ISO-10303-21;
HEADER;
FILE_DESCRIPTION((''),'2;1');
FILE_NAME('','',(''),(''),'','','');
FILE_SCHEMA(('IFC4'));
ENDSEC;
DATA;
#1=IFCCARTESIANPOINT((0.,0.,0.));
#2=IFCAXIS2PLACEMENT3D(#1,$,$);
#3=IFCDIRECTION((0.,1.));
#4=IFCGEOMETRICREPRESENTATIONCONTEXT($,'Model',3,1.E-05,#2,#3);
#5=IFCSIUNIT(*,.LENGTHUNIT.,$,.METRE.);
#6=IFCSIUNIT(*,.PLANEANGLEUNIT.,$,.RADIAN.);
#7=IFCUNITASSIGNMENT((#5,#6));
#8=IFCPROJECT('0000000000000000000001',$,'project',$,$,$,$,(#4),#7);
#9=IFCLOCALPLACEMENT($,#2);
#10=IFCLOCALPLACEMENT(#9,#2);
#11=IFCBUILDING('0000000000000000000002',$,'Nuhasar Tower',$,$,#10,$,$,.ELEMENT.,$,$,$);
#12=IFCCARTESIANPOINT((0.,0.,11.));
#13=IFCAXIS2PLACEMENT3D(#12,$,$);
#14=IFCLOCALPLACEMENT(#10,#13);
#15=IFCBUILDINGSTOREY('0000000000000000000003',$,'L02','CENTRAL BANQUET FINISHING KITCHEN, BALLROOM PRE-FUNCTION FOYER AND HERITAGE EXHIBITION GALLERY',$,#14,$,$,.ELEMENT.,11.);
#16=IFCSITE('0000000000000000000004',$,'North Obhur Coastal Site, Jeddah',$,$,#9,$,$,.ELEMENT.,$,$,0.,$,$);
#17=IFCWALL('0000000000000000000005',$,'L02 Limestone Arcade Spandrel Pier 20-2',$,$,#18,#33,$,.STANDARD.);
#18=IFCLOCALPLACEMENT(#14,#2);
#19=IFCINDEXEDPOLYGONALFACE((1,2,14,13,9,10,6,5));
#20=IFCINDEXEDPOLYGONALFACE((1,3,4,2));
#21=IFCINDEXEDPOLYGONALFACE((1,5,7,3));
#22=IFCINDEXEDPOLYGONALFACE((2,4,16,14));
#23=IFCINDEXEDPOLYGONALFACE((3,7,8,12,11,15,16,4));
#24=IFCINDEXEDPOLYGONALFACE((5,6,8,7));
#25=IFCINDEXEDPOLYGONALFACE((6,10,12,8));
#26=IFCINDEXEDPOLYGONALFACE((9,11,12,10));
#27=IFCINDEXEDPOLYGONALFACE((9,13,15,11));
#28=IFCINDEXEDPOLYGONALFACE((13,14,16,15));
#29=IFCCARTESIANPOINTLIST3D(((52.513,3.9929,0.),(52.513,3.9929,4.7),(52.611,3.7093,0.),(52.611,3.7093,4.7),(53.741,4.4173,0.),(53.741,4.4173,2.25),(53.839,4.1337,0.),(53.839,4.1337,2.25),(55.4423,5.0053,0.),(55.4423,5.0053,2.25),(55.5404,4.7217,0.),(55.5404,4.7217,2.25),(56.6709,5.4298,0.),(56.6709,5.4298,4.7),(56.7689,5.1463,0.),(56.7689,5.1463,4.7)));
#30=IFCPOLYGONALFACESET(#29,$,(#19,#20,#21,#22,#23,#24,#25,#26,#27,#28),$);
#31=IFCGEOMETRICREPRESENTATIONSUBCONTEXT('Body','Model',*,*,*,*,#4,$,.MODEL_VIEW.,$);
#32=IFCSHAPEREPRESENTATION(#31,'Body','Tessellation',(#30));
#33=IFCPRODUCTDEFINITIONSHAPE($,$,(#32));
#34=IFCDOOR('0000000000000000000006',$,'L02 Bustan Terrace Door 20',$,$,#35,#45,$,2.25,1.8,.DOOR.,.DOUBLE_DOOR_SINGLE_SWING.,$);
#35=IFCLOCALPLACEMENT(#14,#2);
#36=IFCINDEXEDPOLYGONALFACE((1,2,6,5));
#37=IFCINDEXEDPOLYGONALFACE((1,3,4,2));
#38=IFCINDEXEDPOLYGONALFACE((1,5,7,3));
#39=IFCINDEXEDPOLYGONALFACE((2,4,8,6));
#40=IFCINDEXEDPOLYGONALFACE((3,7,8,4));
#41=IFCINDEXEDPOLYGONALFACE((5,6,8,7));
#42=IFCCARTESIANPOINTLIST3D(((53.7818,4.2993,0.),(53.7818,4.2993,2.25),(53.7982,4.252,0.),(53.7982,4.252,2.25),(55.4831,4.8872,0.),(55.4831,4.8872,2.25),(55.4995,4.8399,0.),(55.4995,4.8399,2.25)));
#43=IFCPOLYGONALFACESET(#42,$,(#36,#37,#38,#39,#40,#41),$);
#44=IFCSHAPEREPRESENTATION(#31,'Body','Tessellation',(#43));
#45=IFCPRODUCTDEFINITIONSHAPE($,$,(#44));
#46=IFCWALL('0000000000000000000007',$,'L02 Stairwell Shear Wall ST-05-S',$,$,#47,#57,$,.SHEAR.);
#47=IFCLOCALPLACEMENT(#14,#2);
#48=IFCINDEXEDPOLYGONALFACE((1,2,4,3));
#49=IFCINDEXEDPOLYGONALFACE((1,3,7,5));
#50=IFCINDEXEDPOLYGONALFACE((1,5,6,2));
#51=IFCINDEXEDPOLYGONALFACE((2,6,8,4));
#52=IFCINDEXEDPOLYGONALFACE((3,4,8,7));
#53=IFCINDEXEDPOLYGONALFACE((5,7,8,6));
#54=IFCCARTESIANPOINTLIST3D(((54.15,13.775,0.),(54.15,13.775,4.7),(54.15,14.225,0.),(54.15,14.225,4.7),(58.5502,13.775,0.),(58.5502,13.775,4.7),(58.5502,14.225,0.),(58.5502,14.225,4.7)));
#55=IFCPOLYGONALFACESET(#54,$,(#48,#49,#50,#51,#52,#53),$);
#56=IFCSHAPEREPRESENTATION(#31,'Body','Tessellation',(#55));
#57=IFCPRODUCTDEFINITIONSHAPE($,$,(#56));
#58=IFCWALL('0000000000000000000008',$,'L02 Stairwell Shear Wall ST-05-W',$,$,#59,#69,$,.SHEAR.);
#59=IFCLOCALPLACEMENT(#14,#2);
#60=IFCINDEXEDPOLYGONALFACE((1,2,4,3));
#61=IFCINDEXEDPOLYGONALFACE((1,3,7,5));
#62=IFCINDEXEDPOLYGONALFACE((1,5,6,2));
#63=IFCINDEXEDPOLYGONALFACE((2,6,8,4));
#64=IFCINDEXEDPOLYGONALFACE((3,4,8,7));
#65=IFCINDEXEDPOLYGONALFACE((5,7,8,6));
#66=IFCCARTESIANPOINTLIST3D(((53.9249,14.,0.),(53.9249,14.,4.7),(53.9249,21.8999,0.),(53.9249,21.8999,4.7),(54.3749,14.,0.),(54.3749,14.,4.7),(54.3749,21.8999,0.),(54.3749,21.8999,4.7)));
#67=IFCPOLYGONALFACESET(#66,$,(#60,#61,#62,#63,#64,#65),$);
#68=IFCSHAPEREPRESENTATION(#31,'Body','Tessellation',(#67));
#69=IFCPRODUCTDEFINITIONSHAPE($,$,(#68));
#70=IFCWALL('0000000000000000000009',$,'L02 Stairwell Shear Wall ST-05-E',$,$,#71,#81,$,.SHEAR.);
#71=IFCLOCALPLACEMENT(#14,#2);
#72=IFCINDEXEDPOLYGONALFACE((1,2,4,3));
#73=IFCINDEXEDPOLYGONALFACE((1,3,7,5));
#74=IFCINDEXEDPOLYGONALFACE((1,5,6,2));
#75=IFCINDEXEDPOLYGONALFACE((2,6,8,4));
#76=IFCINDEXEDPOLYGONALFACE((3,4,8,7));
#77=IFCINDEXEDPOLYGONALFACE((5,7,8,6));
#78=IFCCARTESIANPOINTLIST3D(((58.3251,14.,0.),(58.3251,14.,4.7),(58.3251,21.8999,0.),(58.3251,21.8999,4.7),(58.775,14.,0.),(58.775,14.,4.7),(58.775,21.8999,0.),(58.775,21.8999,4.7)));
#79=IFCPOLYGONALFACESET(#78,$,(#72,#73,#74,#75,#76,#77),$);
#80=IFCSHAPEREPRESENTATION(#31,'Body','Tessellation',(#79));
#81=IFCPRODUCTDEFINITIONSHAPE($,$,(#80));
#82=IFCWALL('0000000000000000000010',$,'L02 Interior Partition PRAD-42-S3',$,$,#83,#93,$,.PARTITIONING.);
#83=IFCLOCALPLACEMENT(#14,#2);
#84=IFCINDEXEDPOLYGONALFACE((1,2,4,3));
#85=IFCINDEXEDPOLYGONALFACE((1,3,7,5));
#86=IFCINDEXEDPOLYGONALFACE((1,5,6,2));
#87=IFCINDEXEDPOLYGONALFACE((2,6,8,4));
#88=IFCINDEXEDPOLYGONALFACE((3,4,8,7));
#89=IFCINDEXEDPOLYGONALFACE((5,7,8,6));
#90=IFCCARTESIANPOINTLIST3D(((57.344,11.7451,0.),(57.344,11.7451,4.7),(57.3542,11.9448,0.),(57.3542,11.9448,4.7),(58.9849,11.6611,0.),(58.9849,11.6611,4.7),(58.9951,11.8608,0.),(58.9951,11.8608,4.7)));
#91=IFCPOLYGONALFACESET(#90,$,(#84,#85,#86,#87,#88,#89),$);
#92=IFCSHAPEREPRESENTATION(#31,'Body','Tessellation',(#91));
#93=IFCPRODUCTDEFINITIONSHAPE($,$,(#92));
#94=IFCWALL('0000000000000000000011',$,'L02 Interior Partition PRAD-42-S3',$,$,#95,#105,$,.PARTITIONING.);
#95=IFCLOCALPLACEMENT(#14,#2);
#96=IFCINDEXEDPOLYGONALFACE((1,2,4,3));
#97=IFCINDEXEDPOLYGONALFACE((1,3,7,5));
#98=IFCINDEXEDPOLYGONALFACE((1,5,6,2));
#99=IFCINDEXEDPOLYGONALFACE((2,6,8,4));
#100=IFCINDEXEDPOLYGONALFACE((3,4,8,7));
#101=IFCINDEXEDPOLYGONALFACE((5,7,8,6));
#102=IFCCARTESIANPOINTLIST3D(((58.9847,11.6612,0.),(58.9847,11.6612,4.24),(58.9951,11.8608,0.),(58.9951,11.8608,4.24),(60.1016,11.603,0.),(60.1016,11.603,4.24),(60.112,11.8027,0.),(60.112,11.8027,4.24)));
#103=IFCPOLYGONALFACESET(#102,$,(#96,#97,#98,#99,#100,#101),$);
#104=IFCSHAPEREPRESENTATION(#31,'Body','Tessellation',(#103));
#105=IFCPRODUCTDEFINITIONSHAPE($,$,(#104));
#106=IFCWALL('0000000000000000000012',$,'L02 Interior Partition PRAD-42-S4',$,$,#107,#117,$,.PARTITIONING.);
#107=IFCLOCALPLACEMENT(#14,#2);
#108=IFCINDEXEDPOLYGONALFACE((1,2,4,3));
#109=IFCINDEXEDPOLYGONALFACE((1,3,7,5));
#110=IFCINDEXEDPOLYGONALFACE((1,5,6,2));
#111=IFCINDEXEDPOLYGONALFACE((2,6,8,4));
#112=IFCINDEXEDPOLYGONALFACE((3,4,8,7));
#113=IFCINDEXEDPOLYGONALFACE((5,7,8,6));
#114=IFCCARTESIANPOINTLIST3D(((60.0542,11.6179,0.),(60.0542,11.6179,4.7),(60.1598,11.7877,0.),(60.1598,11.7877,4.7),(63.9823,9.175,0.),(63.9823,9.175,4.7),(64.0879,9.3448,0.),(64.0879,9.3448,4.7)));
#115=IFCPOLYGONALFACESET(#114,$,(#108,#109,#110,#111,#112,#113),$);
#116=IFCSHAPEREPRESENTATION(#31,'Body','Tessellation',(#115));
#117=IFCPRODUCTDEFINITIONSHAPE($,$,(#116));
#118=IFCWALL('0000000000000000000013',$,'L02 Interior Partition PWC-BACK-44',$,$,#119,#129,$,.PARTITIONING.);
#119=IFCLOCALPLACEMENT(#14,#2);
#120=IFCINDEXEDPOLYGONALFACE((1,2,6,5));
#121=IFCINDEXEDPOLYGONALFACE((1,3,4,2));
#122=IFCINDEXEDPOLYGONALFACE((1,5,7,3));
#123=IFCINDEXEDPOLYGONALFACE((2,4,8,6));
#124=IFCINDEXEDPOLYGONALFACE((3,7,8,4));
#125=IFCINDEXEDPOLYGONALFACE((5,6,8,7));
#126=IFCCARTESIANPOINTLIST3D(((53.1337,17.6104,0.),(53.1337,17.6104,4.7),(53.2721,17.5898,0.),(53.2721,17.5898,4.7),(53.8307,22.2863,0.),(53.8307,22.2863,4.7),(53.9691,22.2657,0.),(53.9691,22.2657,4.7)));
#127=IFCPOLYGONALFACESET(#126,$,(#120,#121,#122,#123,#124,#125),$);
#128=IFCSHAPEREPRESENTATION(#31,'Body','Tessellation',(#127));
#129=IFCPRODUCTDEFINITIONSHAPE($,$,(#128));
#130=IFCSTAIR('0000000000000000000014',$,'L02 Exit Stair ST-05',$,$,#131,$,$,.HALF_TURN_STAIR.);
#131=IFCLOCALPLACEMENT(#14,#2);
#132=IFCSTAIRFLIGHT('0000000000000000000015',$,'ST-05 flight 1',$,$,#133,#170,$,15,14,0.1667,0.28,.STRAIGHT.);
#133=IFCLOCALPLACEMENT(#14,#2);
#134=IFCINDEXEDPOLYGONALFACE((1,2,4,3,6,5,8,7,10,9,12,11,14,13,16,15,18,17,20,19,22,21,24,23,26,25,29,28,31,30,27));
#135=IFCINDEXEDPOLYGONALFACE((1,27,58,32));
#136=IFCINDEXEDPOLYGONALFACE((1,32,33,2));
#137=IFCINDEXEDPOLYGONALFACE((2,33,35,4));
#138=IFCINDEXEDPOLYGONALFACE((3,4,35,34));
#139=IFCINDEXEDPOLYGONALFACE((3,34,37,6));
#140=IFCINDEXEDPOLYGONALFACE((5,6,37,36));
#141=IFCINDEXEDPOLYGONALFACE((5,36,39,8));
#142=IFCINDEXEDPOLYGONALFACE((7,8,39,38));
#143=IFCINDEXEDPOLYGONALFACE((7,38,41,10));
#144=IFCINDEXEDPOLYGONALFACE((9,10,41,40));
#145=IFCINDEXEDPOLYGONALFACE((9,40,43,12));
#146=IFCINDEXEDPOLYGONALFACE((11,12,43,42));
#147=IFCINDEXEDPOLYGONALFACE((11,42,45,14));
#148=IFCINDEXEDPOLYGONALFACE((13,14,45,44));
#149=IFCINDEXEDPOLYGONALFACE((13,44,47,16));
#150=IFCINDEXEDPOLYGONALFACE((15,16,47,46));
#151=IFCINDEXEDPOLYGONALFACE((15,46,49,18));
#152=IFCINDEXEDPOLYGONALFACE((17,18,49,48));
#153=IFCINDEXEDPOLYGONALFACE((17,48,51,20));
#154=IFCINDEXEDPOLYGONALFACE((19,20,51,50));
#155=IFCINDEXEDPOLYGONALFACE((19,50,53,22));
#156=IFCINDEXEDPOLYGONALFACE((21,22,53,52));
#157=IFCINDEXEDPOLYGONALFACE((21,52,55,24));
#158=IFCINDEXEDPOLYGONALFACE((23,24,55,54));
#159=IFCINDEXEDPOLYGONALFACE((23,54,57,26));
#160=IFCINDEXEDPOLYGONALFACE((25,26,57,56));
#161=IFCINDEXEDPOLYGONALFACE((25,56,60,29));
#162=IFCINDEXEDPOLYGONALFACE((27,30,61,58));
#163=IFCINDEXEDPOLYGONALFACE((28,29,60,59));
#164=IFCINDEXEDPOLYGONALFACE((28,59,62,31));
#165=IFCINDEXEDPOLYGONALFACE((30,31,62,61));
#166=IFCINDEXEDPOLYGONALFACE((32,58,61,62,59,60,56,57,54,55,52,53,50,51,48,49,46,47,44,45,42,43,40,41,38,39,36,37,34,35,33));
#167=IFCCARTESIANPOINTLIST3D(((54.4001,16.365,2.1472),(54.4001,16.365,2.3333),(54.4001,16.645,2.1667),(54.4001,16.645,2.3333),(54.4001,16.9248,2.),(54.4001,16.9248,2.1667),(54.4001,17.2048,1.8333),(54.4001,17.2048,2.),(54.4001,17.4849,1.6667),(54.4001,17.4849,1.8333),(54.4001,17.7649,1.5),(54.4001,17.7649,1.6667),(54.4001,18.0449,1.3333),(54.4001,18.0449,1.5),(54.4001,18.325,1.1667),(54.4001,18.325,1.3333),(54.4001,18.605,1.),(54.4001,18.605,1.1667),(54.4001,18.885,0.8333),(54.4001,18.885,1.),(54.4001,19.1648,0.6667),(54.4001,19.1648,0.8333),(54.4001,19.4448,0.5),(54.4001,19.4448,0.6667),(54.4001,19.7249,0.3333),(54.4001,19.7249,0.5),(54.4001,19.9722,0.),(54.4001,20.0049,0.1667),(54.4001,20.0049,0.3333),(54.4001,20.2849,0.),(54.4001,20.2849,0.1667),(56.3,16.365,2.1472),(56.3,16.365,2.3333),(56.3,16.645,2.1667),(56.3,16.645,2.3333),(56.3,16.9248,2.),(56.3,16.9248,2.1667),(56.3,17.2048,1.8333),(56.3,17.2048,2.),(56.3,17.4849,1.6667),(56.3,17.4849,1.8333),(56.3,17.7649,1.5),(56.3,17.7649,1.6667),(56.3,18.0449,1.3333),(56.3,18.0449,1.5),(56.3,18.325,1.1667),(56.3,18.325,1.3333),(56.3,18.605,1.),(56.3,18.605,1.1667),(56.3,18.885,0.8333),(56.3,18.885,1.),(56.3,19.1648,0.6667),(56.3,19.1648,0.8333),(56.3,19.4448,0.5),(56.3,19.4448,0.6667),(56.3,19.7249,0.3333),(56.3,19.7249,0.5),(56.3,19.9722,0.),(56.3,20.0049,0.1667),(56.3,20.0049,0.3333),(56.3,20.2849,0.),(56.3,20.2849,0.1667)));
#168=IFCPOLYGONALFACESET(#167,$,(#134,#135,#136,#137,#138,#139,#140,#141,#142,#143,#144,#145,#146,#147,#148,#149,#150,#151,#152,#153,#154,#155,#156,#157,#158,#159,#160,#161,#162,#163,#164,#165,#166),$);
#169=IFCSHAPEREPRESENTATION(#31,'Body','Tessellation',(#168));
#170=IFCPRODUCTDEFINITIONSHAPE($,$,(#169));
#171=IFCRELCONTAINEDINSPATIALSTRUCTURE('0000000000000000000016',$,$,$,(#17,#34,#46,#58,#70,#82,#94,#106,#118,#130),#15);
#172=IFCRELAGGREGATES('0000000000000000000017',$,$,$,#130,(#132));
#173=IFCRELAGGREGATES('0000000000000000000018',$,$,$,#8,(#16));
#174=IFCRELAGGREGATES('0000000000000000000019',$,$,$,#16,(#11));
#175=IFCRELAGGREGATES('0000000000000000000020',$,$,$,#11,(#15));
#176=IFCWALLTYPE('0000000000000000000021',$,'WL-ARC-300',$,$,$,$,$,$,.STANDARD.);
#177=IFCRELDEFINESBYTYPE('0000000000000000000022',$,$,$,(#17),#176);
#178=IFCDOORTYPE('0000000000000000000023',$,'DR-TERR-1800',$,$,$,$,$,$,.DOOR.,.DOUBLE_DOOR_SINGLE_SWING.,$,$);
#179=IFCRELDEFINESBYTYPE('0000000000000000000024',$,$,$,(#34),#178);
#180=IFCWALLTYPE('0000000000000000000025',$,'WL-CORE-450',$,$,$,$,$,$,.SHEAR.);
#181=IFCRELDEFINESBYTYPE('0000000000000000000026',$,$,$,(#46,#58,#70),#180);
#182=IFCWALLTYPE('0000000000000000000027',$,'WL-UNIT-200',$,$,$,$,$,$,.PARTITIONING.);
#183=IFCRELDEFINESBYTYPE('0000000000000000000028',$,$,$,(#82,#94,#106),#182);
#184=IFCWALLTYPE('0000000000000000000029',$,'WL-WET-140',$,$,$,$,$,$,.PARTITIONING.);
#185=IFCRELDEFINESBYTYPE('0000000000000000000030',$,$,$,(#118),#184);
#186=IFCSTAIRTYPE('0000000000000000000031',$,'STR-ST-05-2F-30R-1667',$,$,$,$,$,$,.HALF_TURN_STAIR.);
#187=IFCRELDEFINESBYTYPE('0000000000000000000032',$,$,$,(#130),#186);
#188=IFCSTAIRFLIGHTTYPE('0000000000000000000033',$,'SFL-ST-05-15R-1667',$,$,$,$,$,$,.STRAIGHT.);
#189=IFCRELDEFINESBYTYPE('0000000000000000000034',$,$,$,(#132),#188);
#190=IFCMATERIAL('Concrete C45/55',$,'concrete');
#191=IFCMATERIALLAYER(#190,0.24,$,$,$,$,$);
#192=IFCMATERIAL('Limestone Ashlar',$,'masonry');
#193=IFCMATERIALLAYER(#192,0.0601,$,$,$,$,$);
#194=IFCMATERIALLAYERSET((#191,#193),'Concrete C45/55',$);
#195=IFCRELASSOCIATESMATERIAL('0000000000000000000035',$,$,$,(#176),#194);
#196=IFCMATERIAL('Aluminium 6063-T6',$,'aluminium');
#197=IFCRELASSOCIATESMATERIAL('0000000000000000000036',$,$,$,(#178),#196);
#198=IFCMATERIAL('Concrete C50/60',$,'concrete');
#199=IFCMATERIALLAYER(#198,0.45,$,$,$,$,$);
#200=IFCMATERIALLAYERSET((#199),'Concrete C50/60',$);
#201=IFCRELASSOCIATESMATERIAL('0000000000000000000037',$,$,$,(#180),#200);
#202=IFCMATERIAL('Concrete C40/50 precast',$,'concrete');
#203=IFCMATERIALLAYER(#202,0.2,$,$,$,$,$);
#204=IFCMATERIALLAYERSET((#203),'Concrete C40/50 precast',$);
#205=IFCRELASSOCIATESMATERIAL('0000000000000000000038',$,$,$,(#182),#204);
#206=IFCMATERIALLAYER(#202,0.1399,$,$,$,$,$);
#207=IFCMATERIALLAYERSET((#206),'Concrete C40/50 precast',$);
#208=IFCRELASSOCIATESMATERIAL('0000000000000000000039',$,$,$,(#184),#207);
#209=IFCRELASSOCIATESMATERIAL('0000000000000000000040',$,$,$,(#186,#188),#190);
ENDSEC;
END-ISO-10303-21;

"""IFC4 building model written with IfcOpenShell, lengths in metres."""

from ifc_helpers import new_model, si_unit, direction, frame, frame_2d, origin, place, context, subcontext, project, spatial, polyline, rectangle, outline, extrude, material, layer, layer_set, type_object, element, fill, aggregate, save


model = new_model("IFC4")

# Units and contexts
model_context = context("Model", 3, precision=1e-05, world=origin(), true_north=direction((0.0, 1.0)))
body_context = subcontext(model_context, "Body", "Model", "MODEL_VIEW")
ifc_project = project(units=[si_unit("LENGTHUNIT", "METRE"), si_unit("PLANEANGLEUNIT", "RADIAN")], contexts=[model_context])

# Site, building, storey
site_placement = place(None, origin())
site = spatial("IfcSite", under=ifc_project, at=site_placement, Name="North Obhur Coastal Site, Jeddah", CompositionType="ELEMENT", RefElevation=0.0)
building_placement = place(site_placement, origin())
building = spatial("IfcBuilding", under=site, at=building_placement, Name="Nuhasar Tower", CompositionType="ELEMENT")
storey_placement = place(building_placement, frame((0.0, 0.0, 11.0)))
storey = spatial("IfcBuildingStorey", under=building, at=storey_placement, Name="L02", Description="CENTRAL BANQUET FINISHING KITCHEN, BALLROOM PRE-FUNCTION FOYER AND HERITAGE EXHIBITION GALLERY", CompositionType="ELEMENT", Elevation=11.0)

# Shared definitions
ifc_material_1 = material(Name="Concrete C50/60", Category="concrete")

# Shared definitions
ifc_material_2 = material(Name="Aluminium 6063-T6", Category="aluminium")

# Wall, opening, door
ifc_material_3 = material(Name="Concrete C45/55", Category="concrete")
ifc_layer_1 = layer(ifc_material_3, 0.24)
ifc_material_4 = material(Name="Limestone Ashlar", Category="masonry")
ifc_layer_2 = layer(ifc_material_4, 0.0601)
ifc_layer_set_1 = layer_set([ifc_layer_1, ifc_layer_2], Name="Concrete C45/55")
wall_type_1 = type_object("IfcWallType", Name="WL-ARC-300", PredefinedType="STANDARD", material=ifc_layer_set_1)
wall_1_placement = place(storey_placement, frame((56.72, 5.2881, 0.0), z_axis=(0.0, 0.0, 1.0), x_axis=(-0.945146, -0.326647, 0.0)))
wall_1 = element("IfcWall", 1, at=wall_1_placement, inside=storey, type_object=wall_type_1, Name="L02 Limestone Arcade Spandrel Pier 20-2", PredefinedType="STANDARD", context=body_context, shape_type="SweptSolid", body=[
    extrude(rectangle(XDim=4.3992, YDim=0.3, at=frame_2d((2.1997, 0.0))), origin(), (0.0, 0.0, 1.0), 4.7),
])
opening_1_placement = place(wall_1_placement, frame((1.3, 0.0, 0.0)))
opening_1 = element("IfcOpeningElement", 2, at=opening_1_placement, cuts=wall_1, PredefinedType="OPENING", context=body_context, shape_type="SweptSolid", body=[
    extrude(rectangle(XDim=1.8, YDim=2.25, at=frame_2d((0.8999, 1.125))), frame((0.0, 0.1602, 0.0), z_axis=(0.0, -1.0, 0.0), x_axis=(1.0, 0.0, 0.0)), (0.0, 0.0, 1.0), 0.3201),
])
door_type_1 = type_object("IfcDoorType", Name="DR-TERR-1800", OperationType="DOUBLE_DOOR_SINGLE_SWING", PredefinedType="DOOR", material=ifc_material_2)
door_1_placement = place(opening_1_placement, origin())
door_1 = element("IfcDoor", 3, at=door_1_placement, inside=storey, type_object=door_type_1, Name="L02 Bustan Terrace Door 20", OperationType="DOUBLE_DOOR_SINGLE_SWING", OverallHeight=2.25, OverallWidth=1.8, PredefinedType="DOOR", context=body_context, shape_type="SweptSolid", body=[
    extrude(rectangle(XDim=1.8, YDim=2.25, at=frame_2d((0.8999, 1.125))), frame((0.0, 0.0249, 0.0), z_axis=(0.0, -1.0, 0.0), x_axis=(1.0, 0.0, 0.0)), (0.0, 0.0, 1.0), 0.05),
])
fill(opening_1, door_1)

# Wall
ifc_layer_3 = layer(ifc_material_1, 0.45)
ifc_layer_set_2 = layer_set([ifc_layer_3], Name="Concrete C50/60")
wall_type_2 = type_object("IfcWallType", Name="WL-CORE-450", PredefinedType="SHEAR", material=ifc_layer_set_2)
wall_2_placement = place(storey_placement, frame((54.1499, 14.0, 0.0), z_axis=(0.0, 0.0, 1.0), x_axis=(1.0, 0.0, 0.0)))
element("IfcWall", 4, at=wall_2_placement, inside=storey, type_object=wall_type_2, Name="L02 Stairwell Shear Wall ST-05-S", PredefinedType="SHEAR", context=body_context, shape_type="SweptSolid", body=[
    extrude(rectangle(XDim=4.4001, YDim=0.45, at=frame_2d((2.2002, 0.0))), origin(), (0.0, 0.0, 1.0), 4.7),
])

# Walls
for number, where, z_axis, x_axis, name in (
    (5, (54.1499, 14.0, 0.0), (0.0, 0.0, 1.0), (0.0, 1.0, 0.0), "L02 Stairwell Shear Wall ST-05-W"),
    (6, (58.55, 14.0, 0.0), (0.0, 0.0, 1.0), (0.0, 1.0, 0.0), "L02 Stairwell Shear Wall ST-05-E"),
):
    element("IfcWall", number, at=place(storey_placement, frame(where, z_axis=z_axis, x_axis=x_axis)), inside=storey, type_object=wall_type_2, Name=name, PredefinedType="SHEAR", context=body_context, shape_type="SweptSolid", body=[
        extrude(rectangle(XDim=7.8999, YDim=0.45, at=frame_2d((3.95, 0.0))), origin(), (0.0, 0.0, 1.0), 4.7),
    ])
ifc_material_5 = material(Name="Concrete C40/50 precast", Category="concrete")
ifc_layer_4 = layer(ifc_material_5, 0.2)
ifc_layer_set_3 = layer_set([ifc_layer_4], Name="Concrete C40/50 precast")
wall_type_3 = type_object("IfcWallType", Name="WL-UNIT-200", PredefinedType="PARTITIONING", material=ifc_layer_set_3)
wall_3_placement = place(storey_placement, frame((57.3491, 11.845, 0.0), z_axis=(0.0, 0.0, 1.0), x_axis=(0.998693, -0.051116, 0.0)))
element("IfcWall", 7, at=wall_3_placement, inside=storey, type_object=wall_type_3, Name="L02 Interior Partition PRAD-42-S3", PredefinedType="PARTITIONING", context=body_context, shape_type="SweptSolid", body=[
    extrude(rectangle(XDim=1.6431, YDim=0.2, at=frame_2d((0.8215, 0.0))), origin(), (0.0, 0.0, 1.0), 4.7),
])
wall_4_placement = place(storey_placement, frame((58.99, 11.761, 0.0), z_axis=(0.0, 0.0, 1.0), x_axis=(0.99865, -0.051952, 0.0)))
element("IfcWall", 8, at=wall_4_placement, inside=storey, type_object=wall_type_3, Name="L02 Interior Partition PRAD-42-S3", PredefinedType="PARTITIONING", context=body_context, shape_type="SweptSolid", body=[
    extrude(rectangle(XDim=1.1184, YDim=0.2, at=frame_2d((0.5591, 0.0))), origin(), (0.0, 0.0, 1.0), 4.24),
])
wall_5_placement = place(storey_placement, frame((60.1069, 11.7029, 0.0), z_axis=(0.0, 0.0, 1.0), x_axis=(0.849173, -0.528114, 0.0)))
element("IfcWall", 9, at=wall_5_placement, inside=storey, type_object=wall_type_3, Name="L02 Interior Partition PRAD-42-S4", PredefinedType="PARTITIONING", context=body_context, shape_type="SweptSolid", body=[
    extrude(rectangle(XDim=4.6257, YDim=0.2, at=frame_2d((2.313, 0.0))), origin(), (0.0, 0.0, 1.0), 4.7),
])
ifc_layer_5 = layer(ifc_material_5, 0.1399)
ifc_layer_set_4 = layer_set([ifc_layer_5], Name="Concrete C40/50 precast")
wall_type_4 = type_object("IfcWallType", Name="WL-WET-140", PredefinedType="PARTITIONING", material=ifc_layer_set_4)
wall_6_placement = place(storey_placement, frame((53.2029, 17.6001, 0.0), z_axis=(0.0, 0.0, 1.0), x_axis=(0.147441, 0.989071, 0.0)))
element("IfcWall", 10, at=wall_6_placement, inside=storey, type_object=wall_type_4, Name="L02 Interior Partition PWC-BACK-44", PredefinedType="PARTITIONING", context=body_context, shape_type="SweptSolid", body=[
    extrude(rectangle(XDim=4.7275, YDim=0.1399, at=frame_2d((2.3638, 0.0))), origin(), (0.0, 0.0, 1.0), 4.7),
])

# Stair, stair flight
stair_type = type_object("IfcStairType", Name="STR-ST-05-2F-30R-1667", PredefinedType="HALF_TURN_STAIR", material=ifc_material_3)
stair_placement = place(storey_placement, origin())
stair = element("IfcStair", 11, at=stair_placement, inside=storey, type_object=stair_type, Name="L02 Exit Stair ST-05", PredefinedType="HALF_TURN_STAIR")
stair_flight_type = type_object("IfcStairFlightType", Name="SFL-ST-05-15R-1667", PredefinedType="STRAIGHT", material=ifc_material_3)
stair_flight_1_placement = place(storey_placement, frame((55.3501, 20.2849, 0.0), z_axis=(0.0, 0.0, 1.0), x_axis=(0.0, -1.0, 0.0)))
stair_flight_1 = element("IfcStairFlight", 12, at=stair_flight_1_placement, type_object=stair_flight_type, Name="ST-05 flight 1", NumberOfRisers=15, NumberOfTreads=14, PredefinedType="STRAIGHT", RiserHeight=0.1667, TreadLength=0.28, context=body_context, shape_type="SweptSolid", body=[
    extrude(outline(polyline([(0.0, 0.0), (0.0, 0.1667), (0.28, 0.1667), (0.28, 0.3333), (0.5601, 0.3333), (0.5601, 0.5), (0.8401, 0.5), (0.8401, 0.6667), (1.1201, 0.6667), (1.1201, 0.8333), (1.3999, 0.8333), (1.3999, 1.0), (1.6799, 1.0), (1.6799, 1.1667), (1.96, 1.1667), (1.96, 1.3333), (2.24, 1.3333), (2.24, 1.5), (2.52, 1.5), (2.52, 1.6667), (2.8, 1.6667), (2.8, 1.8333), (3.0801, 1.8333), (3.0801, 2.0), (3.3601, 2.0), (3.3601, 2.1667), (3.6399, 2.1667), (3.6399, 2.3333), (3.9199, 2.3333), (3.9199, 2.5), (3.9199, 2.1472), (0.3127, 0.0), (0.0, 0.0)])), frame((0.0, 0.95, 0.0), z_axis=(0.0, -1.0, 0.0), x_axis=(1.0, 0.0, 0.0)), (0.0, 0.0, 1.0), 1.8999),
])
aggregate(stair, [stair_flight_1])

save(model, "model.ifc")
